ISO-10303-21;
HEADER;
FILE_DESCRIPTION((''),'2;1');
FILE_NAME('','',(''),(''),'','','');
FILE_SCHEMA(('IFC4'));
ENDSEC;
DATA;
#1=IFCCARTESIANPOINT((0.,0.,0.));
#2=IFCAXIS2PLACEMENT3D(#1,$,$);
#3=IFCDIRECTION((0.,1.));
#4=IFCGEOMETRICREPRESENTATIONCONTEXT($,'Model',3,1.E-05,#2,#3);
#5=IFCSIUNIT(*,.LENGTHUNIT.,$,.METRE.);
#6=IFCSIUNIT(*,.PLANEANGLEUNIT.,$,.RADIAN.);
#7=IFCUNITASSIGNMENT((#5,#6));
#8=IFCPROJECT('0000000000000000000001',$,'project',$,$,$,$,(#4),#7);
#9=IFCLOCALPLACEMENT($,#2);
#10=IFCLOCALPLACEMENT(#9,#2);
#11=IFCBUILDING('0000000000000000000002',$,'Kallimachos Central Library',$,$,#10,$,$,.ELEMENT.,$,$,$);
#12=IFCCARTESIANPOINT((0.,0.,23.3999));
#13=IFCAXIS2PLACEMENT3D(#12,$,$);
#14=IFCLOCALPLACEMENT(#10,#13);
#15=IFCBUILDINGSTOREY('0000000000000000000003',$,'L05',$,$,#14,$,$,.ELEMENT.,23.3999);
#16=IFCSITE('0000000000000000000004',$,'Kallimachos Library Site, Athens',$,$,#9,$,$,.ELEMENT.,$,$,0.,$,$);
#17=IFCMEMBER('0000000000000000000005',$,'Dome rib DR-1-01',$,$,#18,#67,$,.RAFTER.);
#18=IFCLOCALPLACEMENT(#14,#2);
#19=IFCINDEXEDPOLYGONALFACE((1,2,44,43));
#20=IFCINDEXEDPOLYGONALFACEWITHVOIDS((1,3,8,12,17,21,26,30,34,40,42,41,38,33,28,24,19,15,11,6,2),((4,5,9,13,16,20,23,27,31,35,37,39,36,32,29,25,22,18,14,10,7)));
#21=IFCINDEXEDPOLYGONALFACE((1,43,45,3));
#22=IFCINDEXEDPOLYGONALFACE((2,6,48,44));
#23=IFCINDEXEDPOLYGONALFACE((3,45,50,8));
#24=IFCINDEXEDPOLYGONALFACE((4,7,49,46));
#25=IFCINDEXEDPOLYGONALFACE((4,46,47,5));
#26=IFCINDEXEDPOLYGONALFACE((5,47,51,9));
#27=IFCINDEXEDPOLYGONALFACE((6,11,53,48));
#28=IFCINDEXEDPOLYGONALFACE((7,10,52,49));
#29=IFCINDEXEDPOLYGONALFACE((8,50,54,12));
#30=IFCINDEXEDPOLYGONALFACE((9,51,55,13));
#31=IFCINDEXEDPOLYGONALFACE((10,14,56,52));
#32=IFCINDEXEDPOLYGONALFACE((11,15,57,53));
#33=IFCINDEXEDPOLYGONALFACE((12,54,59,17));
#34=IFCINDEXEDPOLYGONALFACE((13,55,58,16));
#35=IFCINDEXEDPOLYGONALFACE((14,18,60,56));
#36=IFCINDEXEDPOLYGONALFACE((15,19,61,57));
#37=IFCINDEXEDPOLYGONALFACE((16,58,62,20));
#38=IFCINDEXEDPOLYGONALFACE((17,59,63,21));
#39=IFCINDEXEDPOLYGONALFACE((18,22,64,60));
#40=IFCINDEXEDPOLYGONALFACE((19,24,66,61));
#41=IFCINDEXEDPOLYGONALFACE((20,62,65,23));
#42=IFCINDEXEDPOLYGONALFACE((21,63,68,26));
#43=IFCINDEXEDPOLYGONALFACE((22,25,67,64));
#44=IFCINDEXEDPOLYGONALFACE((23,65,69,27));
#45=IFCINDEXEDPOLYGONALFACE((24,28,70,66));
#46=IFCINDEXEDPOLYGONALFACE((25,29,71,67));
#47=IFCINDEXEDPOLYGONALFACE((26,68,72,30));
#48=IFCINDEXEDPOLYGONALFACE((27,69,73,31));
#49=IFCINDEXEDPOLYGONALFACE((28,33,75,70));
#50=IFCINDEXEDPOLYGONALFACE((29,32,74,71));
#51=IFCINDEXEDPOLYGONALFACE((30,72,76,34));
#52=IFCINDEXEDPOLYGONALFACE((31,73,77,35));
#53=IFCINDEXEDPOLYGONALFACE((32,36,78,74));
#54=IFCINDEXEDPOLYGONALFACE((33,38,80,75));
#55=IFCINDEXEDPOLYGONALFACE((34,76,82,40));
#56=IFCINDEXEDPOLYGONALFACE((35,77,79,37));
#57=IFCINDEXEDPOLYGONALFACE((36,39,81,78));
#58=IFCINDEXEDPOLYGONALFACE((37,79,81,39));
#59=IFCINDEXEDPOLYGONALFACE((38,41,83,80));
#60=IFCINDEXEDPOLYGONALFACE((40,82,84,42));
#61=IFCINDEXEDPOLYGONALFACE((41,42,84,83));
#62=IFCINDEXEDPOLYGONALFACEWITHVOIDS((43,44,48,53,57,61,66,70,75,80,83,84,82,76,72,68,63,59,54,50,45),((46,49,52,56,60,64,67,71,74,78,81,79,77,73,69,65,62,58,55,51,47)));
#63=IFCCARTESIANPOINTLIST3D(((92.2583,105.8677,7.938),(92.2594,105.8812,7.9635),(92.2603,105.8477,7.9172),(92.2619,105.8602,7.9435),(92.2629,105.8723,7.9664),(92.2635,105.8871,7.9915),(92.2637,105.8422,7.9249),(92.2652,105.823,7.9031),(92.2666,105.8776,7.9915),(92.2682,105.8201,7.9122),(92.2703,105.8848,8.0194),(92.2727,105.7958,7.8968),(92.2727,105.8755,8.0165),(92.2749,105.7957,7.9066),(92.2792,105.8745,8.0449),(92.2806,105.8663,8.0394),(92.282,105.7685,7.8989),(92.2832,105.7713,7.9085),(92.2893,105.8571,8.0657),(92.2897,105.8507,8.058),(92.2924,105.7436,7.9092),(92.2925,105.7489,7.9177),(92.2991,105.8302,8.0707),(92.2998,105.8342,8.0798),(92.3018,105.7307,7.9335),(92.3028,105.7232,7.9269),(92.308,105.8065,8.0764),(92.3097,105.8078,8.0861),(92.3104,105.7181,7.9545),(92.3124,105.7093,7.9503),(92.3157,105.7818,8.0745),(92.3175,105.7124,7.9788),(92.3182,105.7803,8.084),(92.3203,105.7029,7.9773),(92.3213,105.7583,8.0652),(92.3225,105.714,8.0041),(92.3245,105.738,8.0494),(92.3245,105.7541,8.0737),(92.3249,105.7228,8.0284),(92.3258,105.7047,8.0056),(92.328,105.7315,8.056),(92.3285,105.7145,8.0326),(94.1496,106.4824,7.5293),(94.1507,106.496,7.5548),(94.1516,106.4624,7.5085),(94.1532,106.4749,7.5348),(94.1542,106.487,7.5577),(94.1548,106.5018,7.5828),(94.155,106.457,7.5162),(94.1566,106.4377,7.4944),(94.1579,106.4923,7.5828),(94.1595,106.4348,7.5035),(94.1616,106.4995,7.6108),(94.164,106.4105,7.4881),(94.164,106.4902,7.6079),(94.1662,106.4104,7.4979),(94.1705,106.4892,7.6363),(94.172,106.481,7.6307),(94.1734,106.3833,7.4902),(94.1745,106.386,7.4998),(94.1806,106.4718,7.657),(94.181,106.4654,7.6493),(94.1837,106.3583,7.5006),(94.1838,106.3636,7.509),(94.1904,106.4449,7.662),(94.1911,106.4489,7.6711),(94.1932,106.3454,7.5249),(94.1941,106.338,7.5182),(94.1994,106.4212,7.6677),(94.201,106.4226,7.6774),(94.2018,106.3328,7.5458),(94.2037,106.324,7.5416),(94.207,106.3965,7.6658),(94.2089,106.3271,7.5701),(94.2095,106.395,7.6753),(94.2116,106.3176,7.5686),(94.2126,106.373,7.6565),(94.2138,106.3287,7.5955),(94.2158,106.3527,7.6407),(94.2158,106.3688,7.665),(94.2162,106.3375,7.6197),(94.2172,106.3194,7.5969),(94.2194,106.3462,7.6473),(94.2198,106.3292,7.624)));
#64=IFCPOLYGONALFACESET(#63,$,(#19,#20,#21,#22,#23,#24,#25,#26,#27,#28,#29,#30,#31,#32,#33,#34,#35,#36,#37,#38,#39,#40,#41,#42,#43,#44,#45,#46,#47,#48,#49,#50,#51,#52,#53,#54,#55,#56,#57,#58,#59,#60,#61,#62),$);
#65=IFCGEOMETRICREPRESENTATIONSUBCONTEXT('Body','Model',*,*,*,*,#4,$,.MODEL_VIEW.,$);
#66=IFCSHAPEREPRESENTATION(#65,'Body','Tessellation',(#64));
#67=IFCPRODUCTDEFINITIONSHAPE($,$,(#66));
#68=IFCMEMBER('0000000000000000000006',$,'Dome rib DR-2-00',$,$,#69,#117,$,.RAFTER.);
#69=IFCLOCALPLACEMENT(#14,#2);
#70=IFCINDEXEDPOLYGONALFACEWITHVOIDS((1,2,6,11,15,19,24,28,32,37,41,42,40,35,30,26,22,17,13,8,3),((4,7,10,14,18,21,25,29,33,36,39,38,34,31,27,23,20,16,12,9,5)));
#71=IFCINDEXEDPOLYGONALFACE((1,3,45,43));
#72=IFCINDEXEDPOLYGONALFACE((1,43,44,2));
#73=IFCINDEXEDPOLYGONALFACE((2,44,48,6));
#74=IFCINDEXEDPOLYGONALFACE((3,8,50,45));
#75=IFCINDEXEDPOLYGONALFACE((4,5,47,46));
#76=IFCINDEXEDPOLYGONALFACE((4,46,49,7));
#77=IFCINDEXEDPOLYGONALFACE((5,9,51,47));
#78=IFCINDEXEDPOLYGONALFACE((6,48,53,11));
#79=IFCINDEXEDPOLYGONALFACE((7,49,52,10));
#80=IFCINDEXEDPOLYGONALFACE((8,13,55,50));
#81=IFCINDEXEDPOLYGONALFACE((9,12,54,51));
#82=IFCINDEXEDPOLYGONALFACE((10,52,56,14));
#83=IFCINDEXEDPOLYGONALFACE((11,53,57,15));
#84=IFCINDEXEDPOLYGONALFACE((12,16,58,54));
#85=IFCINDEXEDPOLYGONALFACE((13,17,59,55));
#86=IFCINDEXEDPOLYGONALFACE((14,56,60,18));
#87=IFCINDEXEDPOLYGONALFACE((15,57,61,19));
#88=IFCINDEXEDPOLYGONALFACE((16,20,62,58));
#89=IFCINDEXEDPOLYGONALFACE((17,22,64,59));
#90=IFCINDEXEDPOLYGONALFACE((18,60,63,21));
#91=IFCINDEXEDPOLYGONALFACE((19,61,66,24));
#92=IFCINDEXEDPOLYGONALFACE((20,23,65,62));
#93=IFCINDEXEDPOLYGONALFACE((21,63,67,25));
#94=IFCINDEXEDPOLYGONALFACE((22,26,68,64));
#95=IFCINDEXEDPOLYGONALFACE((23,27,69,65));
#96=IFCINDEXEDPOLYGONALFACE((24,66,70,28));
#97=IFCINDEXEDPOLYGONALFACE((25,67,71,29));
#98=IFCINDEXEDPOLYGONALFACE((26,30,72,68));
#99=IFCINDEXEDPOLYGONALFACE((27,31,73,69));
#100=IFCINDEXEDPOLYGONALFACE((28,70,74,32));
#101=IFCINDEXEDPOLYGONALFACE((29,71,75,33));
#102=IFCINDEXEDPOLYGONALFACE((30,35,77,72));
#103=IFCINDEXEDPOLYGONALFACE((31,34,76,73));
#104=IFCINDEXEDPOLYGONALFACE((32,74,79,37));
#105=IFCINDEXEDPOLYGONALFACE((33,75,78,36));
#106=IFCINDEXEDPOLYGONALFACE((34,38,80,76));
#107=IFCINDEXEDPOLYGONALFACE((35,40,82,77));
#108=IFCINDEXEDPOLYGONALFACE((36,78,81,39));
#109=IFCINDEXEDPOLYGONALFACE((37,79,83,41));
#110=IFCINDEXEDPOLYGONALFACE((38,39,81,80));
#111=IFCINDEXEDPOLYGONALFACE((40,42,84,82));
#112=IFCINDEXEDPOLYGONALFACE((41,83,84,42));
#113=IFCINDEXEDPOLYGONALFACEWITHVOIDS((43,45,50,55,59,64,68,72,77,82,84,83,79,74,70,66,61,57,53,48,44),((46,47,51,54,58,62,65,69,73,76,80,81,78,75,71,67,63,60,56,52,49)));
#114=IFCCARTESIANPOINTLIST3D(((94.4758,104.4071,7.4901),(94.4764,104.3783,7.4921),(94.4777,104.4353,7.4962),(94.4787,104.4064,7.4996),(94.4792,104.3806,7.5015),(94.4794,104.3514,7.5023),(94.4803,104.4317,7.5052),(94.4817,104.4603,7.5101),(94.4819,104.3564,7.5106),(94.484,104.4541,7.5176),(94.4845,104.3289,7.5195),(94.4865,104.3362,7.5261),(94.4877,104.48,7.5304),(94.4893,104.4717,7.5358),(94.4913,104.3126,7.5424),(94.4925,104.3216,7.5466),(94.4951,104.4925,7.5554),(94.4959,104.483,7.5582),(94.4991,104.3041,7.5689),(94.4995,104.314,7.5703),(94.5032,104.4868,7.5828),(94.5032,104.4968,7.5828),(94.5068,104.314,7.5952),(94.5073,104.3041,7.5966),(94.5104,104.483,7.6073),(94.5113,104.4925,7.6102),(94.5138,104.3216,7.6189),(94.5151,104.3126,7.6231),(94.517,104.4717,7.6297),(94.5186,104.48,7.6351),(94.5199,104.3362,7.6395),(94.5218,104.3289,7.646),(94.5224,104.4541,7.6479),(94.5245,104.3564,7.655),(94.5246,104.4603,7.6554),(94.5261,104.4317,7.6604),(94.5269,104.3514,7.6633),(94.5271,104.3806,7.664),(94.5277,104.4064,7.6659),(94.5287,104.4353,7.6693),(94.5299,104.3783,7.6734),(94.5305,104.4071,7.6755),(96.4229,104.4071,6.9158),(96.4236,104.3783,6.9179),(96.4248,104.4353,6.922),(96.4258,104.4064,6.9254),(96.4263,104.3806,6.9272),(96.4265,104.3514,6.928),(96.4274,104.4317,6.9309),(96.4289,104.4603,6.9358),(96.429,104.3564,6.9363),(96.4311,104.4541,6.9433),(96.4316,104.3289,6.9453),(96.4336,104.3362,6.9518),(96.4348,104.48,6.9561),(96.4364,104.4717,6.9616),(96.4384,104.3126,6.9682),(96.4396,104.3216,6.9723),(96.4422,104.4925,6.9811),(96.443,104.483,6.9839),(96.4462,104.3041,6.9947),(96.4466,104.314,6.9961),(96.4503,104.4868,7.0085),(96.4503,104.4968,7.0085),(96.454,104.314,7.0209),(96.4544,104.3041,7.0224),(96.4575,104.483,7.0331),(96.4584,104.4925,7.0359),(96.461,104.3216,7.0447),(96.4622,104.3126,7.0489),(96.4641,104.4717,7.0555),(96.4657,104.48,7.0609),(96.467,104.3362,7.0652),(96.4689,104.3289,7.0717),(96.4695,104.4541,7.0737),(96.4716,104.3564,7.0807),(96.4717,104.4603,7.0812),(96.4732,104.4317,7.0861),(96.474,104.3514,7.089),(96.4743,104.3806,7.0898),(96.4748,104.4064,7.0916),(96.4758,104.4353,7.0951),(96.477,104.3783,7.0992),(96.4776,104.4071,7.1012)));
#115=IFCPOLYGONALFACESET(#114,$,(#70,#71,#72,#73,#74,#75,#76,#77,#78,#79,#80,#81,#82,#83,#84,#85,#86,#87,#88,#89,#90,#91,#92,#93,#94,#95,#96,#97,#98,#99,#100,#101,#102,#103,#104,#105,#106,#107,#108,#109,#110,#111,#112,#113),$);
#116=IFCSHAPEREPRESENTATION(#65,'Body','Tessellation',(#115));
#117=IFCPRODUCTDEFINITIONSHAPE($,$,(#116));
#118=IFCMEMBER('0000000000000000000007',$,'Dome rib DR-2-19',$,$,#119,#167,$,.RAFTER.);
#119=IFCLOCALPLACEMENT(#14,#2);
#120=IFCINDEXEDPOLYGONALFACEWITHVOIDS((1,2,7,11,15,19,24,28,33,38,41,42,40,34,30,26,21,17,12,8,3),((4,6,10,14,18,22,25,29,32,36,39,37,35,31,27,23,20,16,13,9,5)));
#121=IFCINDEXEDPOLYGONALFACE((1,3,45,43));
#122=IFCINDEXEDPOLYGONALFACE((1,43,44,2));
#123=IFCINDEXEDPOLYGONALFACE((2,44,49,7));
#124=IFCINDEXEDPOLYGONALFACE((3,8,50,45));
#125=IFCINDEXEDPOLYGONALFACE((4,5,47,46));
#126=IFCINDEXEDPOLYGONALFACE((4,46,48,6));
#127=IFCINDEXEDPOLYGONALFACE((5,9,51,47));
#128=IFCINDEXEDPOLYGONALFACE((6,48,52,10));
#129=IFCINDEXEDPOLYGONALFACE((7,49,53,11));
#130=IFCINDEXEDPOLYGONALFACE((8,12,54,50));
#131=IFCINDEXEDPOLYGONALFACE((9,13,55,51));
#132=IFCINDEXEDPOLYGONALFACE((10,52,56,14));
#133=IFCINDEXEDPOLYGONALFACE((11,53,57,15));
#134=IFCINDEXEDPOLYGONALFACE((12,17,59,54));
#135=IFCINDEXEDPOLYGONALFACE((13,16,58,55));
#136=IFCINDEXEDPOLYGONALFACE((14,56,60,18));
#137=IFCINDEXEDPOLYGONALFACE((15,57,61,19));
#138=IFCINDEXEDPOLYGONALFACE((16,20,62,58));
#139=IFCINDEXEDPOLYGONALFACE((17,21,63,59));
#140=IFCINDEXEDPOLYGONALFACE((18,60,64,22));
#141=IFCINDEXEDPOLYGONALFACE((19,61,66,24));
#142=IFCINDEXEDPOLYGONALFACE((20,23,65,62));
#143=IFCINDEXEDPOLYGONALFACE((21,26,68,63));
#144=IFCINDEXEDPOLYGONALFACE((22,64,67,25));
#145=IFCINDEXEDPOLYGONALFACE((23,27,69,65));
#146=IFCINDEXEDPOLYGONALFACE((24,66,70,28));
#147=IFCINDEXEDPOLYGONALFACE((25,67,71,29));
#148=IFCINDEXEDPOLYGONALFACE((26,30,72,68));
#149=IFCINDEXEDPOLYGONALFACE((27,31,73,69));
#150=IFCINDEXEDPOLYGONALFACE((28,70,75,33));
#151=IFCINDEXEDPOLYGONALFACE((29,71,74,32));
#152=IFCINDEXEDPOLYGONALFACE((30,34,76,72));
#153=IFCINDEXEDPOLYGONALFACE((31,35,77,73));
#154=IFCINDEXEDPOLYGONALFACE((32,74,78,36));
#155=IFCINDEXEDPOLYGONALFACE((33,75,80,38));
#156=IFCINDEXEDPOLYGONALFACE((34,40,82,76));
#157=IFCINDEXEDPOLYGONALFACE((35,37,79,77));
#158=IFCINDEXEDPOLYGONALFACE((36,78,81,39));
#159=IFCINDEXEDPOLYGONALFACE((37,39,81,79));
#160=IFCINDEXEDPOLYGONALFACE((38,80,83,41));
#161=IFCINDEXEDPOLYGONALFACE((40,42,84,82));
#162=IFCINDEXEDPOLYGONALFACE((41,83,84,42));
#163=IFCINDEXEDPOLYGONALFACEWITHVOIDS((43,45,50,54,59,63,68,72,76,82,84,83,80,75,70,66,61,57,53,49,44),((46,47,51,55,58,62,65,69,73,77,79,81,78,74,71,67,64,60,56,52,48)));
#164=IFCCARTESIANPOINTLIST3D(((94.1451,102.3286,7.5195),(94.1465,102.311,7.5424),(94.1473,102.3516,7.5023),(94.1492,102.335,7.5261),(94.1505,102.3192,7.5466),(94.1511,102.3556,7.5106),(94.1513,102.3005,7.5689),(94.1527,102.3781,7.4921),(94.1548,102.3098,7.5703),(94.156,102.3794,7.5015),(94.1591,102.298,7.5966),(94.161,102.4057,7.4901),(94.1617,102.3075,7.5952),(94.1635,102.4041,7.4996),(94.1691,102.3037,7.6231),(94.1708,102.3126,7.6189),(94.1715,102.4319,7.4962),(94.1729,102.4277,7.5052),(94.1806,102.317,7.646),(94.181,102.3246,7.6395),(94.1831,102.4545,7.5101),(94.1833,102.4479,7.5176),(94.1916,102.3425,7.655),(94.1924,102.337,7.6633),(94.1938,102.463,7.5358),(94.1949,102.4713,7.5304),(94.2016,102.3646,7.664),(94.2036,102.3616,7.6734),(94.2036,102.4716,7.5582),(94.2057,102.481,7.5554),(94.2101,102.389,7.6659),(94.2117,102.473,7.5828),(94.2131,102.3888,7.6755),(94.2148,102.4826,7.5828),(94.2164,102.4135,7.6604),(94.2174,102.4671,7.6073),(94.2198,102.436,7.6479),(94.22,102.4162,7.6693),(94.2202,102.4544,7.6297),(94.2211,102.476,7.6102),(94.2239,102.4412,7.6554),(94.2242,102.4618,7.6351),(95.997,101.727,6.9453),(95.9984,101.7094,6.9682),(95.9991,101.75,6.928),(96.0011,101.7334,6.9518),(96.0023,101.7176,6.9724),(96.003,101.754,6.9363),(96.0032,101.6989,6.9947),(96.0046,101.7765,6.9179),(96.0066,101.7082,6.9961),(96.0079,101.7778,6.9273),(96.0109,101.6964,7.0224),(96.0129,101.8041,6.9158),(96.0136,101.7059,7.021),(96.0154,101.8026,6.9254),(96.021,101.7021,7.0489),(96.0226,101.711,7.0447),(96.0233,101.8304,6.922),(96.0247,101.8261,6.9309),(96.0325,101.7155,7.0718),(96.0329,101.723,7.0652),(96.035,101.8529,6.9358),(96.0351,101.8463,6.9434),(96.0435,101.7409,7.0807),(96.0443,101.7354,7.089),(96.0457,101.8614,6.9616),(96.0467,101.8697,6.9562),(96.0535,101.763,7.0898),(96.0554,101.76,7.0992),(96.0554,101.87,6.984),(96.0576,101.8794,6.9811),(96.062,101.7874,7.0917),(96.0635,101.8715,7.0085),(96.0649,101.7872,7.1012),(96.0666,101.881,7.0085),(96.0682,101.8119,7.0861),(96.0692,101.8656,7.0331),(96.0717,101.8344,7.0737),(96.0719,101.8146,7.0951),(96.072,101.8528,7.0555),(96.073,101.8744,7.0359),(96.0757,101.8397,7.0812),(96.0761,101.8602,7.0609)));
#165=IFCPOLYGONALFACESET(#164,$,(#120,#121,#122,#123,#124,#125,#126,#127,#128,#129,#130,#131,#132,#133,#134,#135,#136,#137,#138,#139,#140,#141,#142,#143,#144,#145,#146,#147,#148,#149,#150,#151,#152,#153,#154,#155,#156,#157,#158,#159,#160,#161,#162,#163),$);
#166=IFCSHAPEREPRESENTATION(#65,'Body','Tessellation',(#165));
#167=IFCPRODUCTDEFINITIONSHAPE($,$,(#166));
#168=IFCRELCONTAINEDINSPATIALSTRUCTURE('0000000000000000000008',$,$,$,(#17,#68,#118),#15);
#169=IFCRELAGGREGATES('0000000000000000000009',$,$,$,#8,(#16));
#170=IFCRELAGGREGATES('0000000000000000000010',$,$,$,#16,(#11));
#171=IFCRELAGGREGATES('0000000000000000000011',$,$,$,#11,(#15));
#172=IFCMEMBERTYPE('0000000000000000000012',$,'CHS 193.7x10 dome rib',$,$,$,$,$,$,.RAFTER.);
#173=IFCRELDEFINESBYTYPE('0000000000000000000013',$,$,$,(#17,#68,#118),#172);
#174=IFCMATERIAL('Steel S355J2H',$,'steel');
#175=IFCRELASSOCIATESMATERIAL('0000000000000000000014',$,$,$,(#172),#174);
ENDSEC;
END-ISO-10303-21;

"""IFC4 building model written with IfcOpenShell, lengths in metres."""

from ifc_helpers import new_model, si_unit, direction, frame, origin, origin_2d, place, context, subcontext, project, spatial, hollow_circle, extrude, material, material_profile, profile_set, type_object, element, save


model = new_model("IFC4")

# Units and contexts
model_context = context("Model", 3, precision=1e-05, world=origin(), true_north=direction((0.0, 1.0)))
body_context = subcontext(model_context, "Body", "Model", "MODEL_VIEW")
ifc_project = project(units=[si_unit("LENGTHUNIT", "METRE"), si_unit("PLANEANGLEUNIT", "RADIAN")], contexts=[model_context])

# Site, building, storey
site_placement = place(None, origin())
site = spatial("IfcSite", under=ifc_project, at=site_placement, Name="Kallimachos Library Site, Athens", CompositionType="ELEMENT", RefElevation=0.0)
building_placement = place(site_placement, origin())
building = spatial("IfcBuilding", under=site, at=building_placement, Name="Kallimachos Central Library", CompositionType="ELEMENT")
storey_placement = place(building_placement, frame((0.0, 0.0, 23.3999)))
storey = spatial("IfcBuildingStorey", under=building, at=storey_placement, Name="L05", CompositionType="ELEMENT", Elevation=23.3999)

# Members
ifc_material_1 = material(Name="Steel S355J2H", Category="steel")
ifc_material_profile_1 = material_profile(ifc_material_1, hollow_circle(Radius=0.0969, WallThickness=0.01, at=origin_2d()), Name="CHS 193.7x10")
ifc_profile_set_1 = profile_set([ifc_material_profile_1], Name="Steel S355J2H")
member_type_1 = type_object("IfcMemberType", Name="CHS 193.7x10 dome rib", PredefinedType="RAFTER", material=ifc_profile_set_1)
for number, where, z_axis, x_axis, name in (
    (1, (92.2935, 105.7949, 7.9915), (0.931559, 0.302784, -0.201295), (-0.309111, 0.951026, 0.0), "Dome rib DR-1-01"),
):
    element("IfcMember", number, at=place(storey_placement, frame(where, z_axis=z_axis, x_axis=x_axis)), inside=storey, type_object=member_type_1, Name=name, PredefinedType="RAFTER", context=body_context, shape_type="SweptSolid", body=[
        extrude(hollow_circle(Radius=0.0969, WallThickness=0.01, at=origin_2d()), origin(), (0.0, 0.0, 1.0), 2.0303),
    ])
for number, where, z_axis, x_axis, name in (
    (2, (94.5032, 104.3999, 7.5828), (0.959156, 0.0, -0.282876), (0.0, 1.0, 0.0), "Dome rib DR-2-00"),
    (3, (94.1848, 102.3904, 7.5828), (0.912232, -0.29634, -0.28287), (0.308958, 0.951076, 0.0), "Dome rib DR-2-19"),
):
    element("IfcMember", number, at=place(storey_placement, frame(where, z_axis=z_axis, x_axis=x_axis)), inside=storey, type_object=member_type_1, Name=name, PredefinedType="RAFTER", context=body_context, shape_type="SweptSolid", body=[
        extrude(hollow_circle(Radius=0.0969, WallThickness=0.01, at=origin_2d()), origin(), (0.0, 0.0, 1.0), 2.03),
    ])

save(model, "model.ifc")
